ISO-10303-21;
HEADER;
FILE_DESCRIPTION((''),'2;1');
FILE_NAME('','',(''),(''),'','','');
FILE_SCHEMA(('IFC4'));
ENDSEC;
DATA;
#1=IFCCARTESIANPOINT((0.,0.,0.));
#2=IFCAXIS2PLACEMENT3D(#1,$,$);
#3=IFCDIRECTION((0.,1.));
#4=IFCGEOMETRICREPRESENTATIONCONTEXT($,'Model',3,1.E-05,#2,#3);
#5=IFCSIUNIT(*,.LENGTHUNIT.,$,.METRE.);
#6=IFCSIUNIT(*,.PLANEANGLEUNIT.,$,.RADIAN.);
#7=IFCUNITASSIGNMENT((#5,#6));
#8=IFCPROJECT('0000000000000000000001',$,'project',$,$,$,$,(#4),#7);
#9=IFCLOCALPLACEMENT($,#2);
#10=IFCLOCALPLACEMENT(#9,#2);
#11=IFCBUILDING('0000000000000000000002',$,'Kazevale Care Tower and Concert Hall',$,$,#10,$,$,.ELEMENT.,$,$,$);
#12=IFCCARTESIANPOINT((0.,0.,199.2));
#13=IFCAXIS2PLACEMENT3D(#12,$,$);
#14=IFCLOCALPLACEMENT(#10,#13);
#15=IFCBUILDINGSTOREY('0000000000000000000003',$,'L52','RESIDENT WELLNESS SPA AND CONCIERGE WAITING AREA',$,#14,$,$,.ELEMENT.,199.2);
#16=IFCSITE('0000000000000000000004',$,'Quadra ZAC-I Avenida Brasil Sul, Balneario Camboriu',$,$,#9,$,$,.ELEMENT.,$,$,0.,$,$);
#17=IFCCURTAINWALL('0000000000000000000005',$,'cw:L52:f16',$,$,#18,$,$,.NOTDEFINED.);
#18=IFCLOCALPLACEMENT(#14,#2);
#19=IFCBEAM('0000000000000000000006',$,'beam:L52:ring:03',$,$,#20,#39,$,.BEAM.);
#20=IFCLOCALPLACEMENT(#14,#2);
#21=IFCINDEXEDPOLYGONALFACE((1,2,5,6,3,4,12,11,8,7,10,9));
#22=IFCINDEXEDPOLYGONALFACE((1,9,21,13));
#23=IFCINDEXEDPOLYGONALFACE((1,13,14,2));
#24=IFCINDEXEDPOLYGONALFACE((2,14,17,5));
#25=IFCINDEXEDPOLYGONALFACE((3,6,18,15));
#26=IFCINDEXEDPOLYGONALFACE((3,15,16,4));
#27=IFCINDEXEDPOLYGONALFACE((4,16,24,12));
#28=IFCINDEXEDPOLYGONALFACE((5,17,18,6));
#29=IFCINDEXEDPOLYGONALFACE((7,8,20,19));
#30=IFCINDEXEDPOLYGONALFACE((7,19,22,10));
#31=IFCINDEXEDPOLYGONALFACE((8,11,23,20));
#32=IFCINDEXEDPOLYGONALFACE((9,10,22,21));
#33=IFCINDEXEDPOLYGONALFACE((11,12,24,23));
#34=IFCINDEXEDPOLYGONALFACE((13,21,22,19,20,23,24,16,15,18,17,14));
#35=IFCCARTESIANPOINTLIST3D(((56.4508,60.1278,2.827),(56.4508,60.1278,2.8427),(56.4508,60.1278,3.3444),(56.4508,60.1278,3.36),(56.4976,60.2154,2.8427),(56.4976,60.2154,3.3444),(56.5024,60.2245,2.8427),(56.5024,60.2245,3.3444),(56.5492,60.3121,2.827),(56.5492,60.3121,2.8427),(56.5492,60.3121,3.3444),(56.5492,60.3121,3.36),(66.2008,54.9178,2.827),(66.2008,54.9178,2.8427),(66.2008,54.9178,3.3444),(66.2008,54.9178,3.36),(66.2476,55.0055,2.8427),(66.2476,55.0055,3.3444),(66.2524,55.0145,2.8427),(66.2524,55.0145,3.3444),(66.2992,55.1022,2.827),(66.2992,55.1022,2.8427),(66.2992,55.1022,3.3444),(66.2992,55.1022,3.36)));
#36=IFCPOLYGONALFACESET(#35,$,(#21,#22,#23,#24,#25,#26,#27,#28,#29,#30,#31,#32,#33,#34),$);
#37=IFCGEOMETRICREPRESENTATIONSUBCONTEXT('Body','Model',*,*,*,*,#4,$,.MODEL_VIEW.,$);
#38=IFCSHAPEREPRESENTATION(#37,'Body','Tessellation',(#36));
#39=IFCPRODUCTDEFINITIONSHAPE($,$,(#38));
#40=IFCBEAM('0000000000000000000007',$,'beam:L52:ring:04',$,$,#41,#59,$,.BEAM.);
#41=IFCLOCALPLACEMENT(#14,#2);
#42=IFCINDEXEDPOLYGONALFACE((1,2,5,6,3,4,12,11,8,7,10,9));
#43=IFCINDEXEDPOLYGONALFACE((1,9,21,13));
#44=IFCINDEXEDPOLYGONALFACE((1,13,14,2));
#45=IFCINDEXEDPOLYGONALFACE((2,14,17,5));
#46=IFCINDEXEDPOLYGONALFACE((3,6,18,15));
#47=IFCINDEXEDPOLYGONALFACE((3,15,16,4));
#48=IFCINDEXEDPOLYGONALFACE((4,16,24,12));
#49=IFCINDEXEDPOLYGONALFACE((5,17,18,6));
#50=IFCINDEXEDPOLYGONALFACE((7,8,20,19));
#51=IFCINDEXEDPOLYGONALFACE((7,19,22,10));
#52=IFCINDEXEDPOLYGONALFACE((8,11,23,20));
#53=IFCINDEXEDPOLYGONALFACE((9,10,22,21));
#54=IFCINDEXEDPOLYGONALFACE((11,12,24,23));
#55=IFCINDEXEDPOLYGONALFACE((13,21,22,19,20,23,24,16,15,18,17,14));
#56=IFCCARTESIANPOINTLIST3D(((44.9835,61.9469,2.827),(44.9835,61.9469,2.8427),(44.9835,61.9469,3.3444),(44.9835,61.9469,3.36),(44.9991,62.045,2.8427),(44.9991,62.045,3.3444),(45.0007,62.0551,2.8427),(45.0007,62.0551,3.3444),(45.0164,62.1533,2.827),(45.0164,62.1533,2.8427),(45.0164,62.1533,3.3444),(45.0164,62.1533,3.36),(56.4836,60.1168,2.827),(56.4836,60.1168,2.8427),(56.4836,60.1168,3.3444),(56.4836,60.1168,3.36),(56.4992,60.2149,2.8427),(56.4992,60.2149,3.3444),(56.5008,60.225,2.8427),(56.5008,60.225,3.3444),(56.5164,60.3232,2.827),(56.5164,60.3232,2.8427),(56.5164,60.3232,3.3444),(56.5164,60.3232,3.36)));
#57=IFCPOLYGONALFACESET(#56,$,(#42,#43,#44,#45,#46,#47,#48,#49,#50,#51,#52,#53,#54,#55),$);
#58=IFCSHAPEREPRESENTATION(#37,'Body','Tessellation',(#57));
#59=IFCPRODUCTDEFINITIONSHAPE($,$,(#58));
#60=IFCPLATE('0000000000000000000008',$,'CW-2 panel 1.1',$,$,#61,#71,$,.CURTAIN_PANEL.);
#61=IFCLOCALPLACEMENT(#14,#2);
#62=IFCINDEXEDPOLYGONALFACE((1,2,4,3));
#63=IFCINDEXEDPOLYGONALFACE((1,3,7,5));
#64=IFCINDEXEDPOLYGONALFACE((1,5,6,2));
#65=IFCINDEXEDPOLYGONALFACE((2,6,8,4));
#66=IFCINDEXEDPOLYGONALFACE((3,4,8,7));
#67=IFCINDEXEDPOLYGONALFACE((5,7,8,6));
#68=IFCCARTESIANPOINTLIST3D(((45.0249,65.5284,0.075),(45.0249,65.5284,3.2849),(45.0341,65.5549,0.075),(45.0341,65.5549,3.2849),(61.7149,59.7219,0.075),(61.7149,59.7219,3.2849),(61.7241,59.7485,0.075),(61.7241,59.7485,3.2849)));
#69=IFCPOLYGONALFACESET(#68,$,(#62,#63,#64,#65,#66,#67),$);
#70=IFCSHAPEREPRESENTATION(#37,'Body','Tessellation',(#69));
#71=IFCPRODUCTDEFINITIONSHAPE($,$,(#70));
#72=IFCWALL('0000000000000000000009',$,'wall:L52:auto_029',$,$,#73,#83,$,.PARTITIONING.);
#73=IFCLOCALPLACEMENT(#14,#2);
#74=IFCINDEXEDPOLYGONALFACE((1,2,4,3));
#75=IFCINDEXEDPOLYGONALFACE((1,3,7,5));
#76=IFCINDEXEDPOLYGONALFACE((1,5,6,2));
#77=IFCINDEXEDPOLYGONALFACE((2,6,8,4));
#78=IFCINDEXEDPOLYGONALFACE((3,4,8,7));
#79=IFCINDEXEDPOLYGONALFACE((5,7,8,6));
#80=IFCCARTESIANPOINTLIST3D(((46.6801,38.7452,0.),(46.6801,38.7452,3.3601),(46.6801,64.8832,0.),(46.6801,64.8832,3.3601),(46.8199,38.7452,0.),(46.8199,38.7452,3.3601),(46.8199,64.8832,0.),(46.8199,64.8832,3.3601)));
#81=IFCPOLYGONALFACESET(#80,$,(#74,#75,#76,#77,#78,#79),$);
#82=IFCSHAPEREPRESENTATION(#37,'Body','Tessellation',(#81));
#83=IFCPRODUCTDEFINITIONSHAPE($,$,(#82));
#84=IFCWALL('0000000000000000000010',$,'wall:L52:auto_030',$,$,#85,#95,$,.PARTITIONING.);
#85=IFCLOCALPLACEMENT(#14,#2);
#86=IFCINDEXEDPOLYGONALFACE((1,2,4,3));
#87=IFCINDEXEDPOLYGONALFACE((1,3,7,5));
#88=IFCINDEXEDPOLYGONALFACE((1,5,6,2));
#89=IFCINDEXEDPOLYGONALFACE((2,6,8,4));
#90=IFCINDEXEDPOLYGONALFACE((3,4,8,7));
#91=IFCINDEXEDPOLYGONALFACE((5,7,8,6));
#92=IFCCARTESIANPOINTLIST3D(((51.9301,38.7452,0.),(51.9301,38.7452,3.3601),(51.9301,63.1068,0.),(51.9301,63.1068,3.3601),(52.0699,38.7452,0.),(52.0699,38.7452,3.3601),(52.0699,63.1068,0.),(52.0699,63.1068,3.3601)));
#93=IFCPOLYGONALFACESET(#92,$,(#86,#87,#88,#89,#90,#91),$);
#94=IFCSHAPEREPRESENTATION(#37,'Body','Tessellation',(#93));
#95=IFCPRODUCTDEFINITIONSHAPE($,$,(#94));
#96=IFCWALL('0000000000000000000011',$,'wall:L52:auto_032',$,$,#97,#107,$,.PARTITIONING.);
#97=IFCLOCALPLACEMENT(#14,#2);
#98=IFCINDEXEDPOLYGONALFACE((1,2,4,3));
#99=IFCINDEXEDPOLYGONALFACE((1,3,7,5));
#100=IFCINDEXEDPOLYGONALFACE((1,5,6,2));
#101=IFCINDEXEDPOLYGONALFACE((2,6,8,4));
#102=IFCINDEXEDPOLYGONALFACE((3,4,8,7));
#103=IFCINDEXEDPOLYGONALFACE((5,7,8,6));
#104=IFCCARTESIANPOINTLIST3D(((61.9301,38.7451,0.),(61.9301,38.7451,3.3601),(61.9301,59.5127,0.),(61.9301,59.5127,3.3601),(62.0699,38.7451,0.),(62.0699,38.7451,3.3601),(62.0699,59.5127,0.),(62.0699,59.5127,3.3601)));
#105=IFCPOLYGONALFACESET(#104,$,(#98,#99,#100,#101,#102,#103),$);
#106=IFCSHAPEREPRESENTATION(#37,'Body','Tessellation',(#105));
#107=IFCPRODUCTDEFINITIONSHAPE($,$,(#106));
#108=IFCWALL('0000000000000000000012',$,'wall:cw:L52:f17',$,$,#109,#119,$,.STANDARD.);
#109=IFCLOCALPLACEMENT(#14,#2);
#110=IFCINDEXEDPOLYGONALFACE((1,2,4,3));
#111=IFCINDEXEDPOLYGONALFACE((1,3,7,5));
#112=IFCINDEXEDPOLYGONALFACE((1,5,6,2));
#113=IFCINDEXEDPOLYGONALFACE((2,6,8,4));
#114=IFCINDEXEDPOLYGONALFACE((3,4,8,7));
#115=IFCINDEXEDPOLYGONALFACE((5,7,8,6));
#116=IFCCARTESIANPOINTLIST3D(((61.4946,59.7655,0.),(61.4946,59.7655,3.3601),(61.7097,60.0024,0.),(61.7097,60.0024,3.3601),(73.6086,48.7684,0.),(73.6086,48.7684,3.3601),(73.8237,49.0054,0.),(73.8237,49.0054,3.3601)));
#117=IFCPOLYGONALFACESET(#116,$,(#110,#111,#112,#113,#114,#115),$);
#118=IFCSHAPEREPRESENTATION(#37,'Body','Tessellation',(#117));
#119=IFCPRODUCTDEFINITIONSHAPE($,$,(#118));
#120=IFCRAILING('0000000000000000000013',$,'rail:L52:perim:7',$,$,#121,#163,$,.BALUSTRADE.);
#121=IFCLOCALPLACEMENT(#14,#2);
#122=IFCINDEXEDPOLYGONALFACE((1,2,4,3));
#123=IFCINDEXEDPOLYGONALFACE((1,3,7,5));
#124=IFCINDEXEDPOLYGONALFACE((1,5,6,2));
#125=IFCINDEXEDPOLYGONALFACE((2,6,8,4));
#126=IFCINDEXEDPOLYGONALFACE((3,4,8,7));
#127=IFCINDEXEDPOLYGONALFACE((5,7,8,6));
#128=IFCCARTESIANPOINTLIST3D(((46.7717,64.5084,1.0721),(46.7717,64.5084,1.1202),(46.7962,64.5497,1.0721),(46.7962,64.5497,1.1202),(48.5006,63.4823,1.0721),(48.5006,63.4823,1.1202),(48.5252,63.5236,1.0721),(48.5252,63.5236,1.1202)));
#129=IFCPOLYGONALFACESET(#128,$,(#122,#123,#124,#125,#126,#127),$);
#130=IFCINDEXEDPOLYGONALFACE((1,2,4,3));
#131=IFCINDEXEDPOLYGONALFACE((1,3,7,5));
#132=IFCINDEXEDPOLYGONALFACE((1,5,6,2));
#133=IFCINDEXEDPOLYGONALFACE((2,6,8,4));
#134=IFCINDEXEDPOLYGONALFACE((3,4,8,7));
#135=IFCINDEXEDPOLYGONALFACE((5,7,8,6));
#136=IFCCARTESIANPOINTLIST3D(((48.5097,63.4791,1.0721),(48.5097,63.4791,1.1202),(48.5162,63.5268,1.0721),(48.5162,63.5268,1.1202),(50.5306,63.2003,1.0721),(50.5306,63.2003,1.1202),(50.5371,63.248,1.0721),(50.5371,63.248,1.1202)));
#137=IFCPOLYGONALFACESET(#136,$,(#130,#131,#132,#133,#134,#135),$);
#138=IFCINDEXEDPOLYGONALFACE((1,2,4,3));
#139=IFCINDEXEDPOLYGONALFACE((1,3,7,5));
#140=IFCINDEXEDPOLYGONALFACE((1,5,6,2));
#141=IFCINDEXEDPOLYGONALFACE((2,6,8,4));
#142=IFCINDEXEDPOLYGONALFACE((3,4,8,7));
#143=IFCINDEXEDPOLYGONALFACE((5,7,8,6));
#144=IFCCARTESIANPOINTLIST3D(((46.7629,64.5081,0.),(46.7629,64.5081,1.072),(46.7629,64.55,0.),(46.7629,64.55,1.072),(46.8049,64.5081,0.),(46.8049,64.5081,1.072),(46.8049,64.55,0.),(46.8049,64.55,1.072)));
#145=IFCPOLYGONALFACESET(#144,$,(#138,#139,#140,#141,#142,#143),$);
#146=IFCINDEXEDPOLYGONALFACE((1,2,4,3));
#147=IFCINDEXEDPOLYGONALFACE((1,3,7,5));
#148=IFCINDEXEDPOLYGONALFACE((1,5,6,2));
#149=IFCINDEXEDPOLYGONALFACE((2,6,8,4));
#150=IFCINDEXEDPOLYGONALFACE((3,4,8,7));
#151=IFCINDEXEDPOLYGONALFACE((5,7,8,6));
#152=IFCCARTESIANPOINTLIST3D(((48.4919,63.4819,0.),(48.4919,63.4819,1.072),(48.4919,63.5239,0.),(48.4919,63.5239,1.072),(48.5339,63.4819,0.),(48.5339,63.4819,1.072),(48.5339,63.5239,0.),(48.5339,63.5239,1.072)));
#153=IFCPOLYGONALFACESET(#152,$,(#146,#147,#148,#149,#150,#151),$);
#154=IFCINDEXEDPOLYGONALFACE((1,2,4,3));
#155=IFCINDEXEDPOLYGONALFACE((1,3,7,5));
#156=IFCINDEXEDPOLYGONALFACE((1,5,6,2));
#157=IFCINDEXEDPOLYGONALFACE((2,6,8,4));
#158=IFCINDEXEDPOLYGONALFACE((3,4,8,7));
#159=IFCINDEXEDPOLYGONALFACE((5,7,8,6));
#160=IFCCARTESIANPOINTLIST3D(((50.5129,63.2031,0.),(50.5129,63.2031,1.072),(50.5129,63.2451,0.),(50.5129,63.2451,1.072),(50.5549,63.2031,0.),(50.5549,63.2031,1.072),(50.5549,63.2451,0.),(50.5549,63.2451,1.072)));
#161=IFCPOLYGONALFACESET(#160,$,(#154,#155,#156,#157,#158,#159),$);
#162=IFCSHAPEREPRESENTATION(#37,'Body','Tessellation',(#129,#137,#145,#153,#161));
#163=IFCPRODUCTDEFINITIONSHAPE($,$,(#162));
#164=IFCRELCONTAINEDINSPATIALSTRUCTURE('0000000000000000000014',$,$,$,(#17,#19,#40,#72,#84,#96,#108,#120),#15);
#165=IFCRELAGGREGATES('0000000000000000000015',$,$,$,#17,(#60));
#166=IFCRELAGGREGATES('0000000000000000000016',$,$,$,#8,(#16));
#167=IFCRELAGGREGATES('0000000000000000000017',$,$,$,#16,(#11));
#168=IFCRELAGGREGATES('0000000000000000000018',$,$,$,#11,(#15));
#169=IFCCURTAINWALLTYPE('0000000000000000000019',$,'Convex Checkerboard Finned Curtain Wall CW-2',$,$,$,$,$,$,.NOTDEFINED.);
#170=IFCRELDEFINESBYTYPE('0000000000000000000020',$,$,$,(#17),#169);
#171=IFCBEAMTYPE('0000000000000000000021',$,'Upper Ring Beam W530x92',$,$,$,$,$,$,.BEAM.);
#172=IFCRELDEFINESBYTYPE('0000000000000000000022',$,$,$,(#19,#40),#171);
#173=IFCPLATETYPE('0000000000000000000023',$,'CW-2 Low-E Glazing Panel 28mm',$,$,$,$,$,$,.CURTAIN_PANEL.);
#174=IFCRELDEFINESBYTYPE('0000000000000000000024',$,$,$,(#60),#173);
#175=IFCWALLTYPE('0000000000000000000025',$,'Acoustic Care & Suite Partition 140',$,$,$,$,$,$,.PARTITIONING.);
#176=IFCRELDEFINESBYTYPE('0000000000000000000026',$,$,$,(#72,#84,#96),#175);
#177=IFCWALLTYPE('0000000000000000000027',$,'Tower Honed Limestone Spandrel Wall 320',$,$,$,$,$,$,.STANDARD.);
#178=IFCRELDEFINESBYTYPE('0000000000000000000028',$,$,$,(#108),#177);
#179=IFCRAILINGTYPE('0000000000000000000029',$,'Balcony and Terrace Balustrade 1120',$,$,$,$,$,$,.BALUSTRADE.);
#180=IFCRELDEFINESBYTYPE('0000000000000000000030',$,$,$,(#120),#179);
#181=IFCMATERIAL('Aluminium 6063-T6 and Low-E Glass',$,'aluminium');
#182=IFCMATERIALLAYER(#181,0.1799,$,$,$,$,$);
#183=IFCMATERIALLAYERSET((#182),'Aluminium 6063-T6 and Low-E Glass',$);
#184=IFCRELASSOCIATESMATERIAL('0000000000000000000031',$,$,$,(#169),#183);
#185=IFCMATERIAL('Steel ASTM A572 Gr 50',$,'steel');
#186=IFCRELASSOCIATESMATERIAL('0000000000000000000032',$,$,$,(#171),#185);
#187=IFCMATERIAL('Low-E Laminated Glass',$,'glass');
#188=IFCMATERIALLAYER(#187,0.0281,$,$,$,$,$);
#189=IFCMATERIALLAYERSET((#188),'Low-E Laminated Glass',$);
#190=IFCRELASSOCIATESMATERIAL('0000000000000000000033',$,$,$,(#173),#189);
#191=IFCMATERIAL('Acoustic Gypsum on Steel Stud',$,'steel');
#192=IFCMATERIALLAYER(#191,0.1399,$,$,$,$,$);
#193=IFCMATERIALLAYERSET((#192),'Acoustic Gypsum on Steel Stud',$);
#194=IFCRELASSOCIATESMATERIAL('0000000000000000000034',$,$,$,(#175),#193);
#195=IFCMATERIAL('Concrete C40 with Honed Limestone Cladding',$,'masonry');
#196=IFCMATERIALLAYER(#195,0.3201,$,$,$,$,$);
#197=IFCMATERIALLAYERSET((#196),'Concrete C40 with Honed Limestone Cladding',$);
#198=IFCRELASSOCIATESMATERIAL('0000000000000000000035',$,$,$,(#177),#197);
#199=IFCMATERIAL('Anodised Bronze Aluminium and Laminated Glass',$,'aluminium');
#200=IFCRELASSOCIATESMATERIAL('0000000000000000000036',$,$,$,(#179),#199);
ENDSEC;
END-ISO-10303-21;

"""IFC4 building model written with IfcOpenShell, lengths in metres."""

from ifc_helpers import new_model, si_unit, direction, frame, frame_2d, origin, origin_2d, place, context, subcontext, project, spatial, rectangle, i_section, extrude, material, layer, layer_set, material_profile, profile_set, type_object, element, aggregate, save


model = new_model("IFC4")

# Units and contexts
model_context = context("Model", 3, precision=1e-05, world=origin(), true_north=direction((0.0, 1.0)))
body_context = subcontext(model_context, "Body", "Model", "MODEL_VIEW")
ifc_project = project(units=[si_unit("LENGTHUNIT", "METRE"), si_unit("PLANEANGLEUNIT", "RADIAN")], contexts=[model_context])

# Site, building, storey
site_placement = place(None, origin())
site = spatial("IfcSite", under=ifc_project, at=site_placement, Name="Quadra ZAC-I Avenida Brasil Sul, Balneario Camboriu", CompositionType="ELEMENT", RefElevation=0.0)
building_placement = place(site_placement, origin())
building = spatial("IfcBuilding", under=site, at=building_placement, Name="Kazevale Care Tower and Concert Hall", CompositionType="ELEMENT")
storey_placement = place(building_placement, frame((0.0, 0.0, 199.2)))
storey = spatial("IfcBuildingStorey", under=building, at=storey_placement, Name="L52", Description="RESIDENT WELLNESS SPA AND CONCIERGE WAITING AREA", CompositionType="ELEMENT", Elevation=199.2)

# Curtain wall
ifc_material_1 = material(Name="Aluminium 6063-T6 and Low-E Glass", Category="aluminium")
ifc_layer_1 = layer(ifc_material_1, 0.1799)
ifc_layer_set_1 = layer_set([ifc_layer_1], Name="Aluminium 6063-T6 and Low-E Glass")
curtain_wall_type_1 = type_object("IfcCurtainWallType", Name="Convex Checkerboard Finned Curtain Wall CW-2", PredefinedType="NOTDEFINED", material=ifc_layer_set_1)
curtain_wall_1_placement = place(storey_placement, origin())
curtain_wall_1 = element("IfcCurtainWall", 1, at=curtain_wall_1_placement, inside=storey, type_object=curtain_wall_type_1, Name="cw:L52:f16", PredefinedType="NOTDEFINED")

# Beams
ifc_material_2 = material(Name="Steel ASTM A572 Gr 50", Category="steel")
ifc_material_profile_1 = material_profile(ifc_material_2, i_section(OverallWidth=0.209, OverallDepth=0.533, WebThickness=0.0103, FlangeThickness=0.0156, at=origin_2d()), Name="W530x92")
ifc_profile_set_1 = profile_set([ifc_material_profile_1], Name="Steel ASTM A572 Gr 50")
beam_type_1 = type_object("IfcBeamType", Name="Upper Ring Beam W530x92", PredefinedType="BEAM", material=ifc_profile_set_1)
beam_1_placement = place(storey_placement, frame((66.25, 55.01, 3.0935), z_axis=(-0.881979, 0.47129, 0.0), x_axis=(-0.47129, -0.881979, 0.0)))
element("IfcBeam", 2, at=beam_1_placement, inside=storey, type_object=beam_type_1, Name="beam:L52:ring:03", PredefinedType="BEAM", context=body_context, shape_type="SweptSolid", body=[
    extrude(i_section(OverallWidth=0.209, OverallDepth=0.533, WebThickness=0.0103, FlangeThickness=0.0156, at=origin_2d()), origin(), (0.0, 0.0, 1.0), 11.0547),
])
beam_2_placement = place(storey_placement, frame((56.5, 60.22, 3.0935), z_axis=(-0.987573, 0.15716, 0.0), x_axis=(-0.15716, -0.987573, 0.0)))
element("IfcBeam", 3, at=beam_2_placement, inside=storey, type_object=beam_type_1, Name="beam:L52:ring:04", PredefinedType="BEAM", context=body_context, shape_type="SweptSolid", body=[
    extrude(i_section(OverallWidth=0.209, OverallDepth=0.533, WebThickness=0.0103, FlangeThickness=0.0156, at=origin_2d()), origin(), (0.0, 0.0, 1.0), 11.6448),
])

# Plate
ifc_material_3 = material(Name="Low-E Laminated Glass", Category="glass")
ifc_layer_2 = layer(ifc_material_3, 0.0281)
ifc_layer_set_2 = layer_set([ifc_layer_2], Name="Low-E Laminated Glass")
plate_type = type_object("IfcPlateType", Name="CW-2 Low-E Glazing Panel 28mm", PredefinedType="CURTAIN_PANEL", material=ifc_layer_set_2)
plate_placement = place(storey_placement, frame((53.3745, 62.6384, 0.075), z_axis=(0.0, 0.0, 1.0), x_axis=(0.944475, -0.328584, 0.0)))
plate = element("IfcPlate", 4, at=plate_placement, type_object=plate_type, Name="CW-2 panel 1.1", PredefinedType="CURTAIN_PANEL", context=body_context, shape_type="SweptSolid", body=[
    extrude(rectangle(XDim=17.6711, YDim=0.0281, at=origin_2d()), origin(), (0.0, 0.0, 1.0), 3.21),
])
aggregate(curtain_wall_1, [plate])

# Walls
ifc_material_4 = material(Name="Acoustic Gypsum on Steel Stud", Category="steel")
ifc_layer_3 = layer(ifc_material_4, 0.1399)
ifc_layer_set_3 = layer_set([ifc_layer_3], Name="Acoustic Gypsum on Steel Stud")
wall_type_1 = type_object("IfcWallType", Name="Acoustic Care & Suite Partition 140", PredefinedType="PARTITIONING", material=ifc_layer_set_3)
wall_1_placement = place(storey_placement, frame((46.75, 64.8831, 0.0), z_axis=(0.0, 0.0, 1.0), x_axis=(0.0, -1.0, 0.0)))
element("IfcWall", 5, at=wall_1_placement, inside=storey, type_object=wall_type_1, Name="wall:L52:auto_029", PredefinedType="PARTITIONING", context=body_context, shape_type="SweptSolid", body=[
    extrude(rectangle(XDim=26.1379, YDim=0.1399, at=frame_2d((13.0688, 0.0))), origin(), (0.0, 0.0, 1.0), 3.3601),
])
wall_2_placement = place(storey_placement, frame((52.0, 63.1067, 0.0), z_axis=(0.0, 0.0, 1.0), x_axis=(0.0, -1.0, 0.0)))
element("IfcWall", 6, at=wall_2_placement, inside=storey, type_object=wall_type_1, Name="wall:L52:auto_030", PredefinedType="PARTITIONING", context=body_context, shape_type="SweptSolid", body=[
    extrude(rectangle(XDim=24.3616, YDim=0.1399, at=frame_2d((12.1807, 0.0))), origin(), (0.0, 0.0, 1.0), 3.3601),
])
wall_3_placement = place(storey_placement, frame((62.0, 59.5127, 0.0), z_axis=(0.0, 0.0, 1.0), x_axis=(0.0, -1.0, 0.0)))
element("IfcWall", 7, at=wall_3_placement, inside=storey, type_object=wall_type_1, Name="wall:L52:auto_032", PredefinedType="PARTITIONING", context=body_context, shape_type="SweptSolid", body=[
    extrude(rectangle(XDim=20.7676, YDim=0.1399, at=frame_2d((10.3838, 0.0))), origin(), (0.0, 0.0, 1.0), 3.3601),
])
ifc_material_5 = material(Name="Concrete C40 with Honed Limestone Cladding", Category="masonry")
ifc_layer_4 = layer(ifc_material_5, 0.3201)
ifc_layer_set_4 = layer_set([ifc_layer_4], Name="Concrete C40 with Honed Limestone Cladding")
wall_type_2 = type_object("IfcWallType", Name="Tower Honed Limestone Spandrel Wall 320", PredefinedType="STANDARD", material=ifc_layer_set_4)
wall_4_placement = place(storey_placement, frame((61.6021, 59.884, 0.0), z_axis=(0.0, 0.0, 1.0), x_axis=(0.740417, -0.672148, 0.0)))
element("IfcWall", 8, at=wall_4_placement, inside=storey, type_object=wall_type_2, Name="wall:cw:L52:f17", PredefinedType="STANDARD", context=body_context, shape_type="SweptSolid", body=[
    extrude(rectangle(XDim=16.3611, YDim=0.3201, at=frame_2d((8.1807, 0.0))), origin(), (0.0, 0.0, 1.0), 3.3601),
])

# Railing
ifc_material_6 = material(Name="Anodised Bronze Aluminium and Laminated Glass", Category="aluminium")
railing_type = type_object("IfcRailingType", Name="Balcony and Terrace Balustrade 1120", PredefinedType="BALUSTRADE", material=ifc_material_6)
railing_1_placement = place(storey_placement, frame((46.7839, 64.5291, 0.0)))
element("IfcRailing", 9, at=railing_1_placement, inside=storey, type_object=railing_type, Name="rail:L52:perim:7", PredefinedType="BALUSTRADE", context=body_context, shape_type="SweptSolid", body=[
    extrude(rectangle(XDim=0.0481, YDim=0.0481, at=origin_2d()), frame((0.0, 0.0, 1.0962), z_axis=(0.859958, -0.510365, 0.0), x_axis=(0.510365, 0.859958, 0.0)), (0.0, 0.0, 1.0), 2.0105),
    extrude(rectangle(XDim=0.0481, YDim=0.0481, at=origin_2d()), frame((1.729, -1.0261, 1.0962), z_axis=(0.990618, -0.136662, 0.0), x_axis=(0.136662, 0.990618, 0.0)), (0.0, 0.0, 1.0), 2.04),
    extrude(rectangle(XDim=0.042, YDim=0.042, at=origin_2d()), origin(), (0.0, 0.0, 1.0), 1.072),
    extrude(rectangle(XDim=0.042, YDim=0.042, at=origin_2d()), frame((1.729, -1.0261, 0.0)), (0.0, 0.0, 1.0), 1.072),
    extrude(rectangle(XDim=0.042, YDim=0.042, at=origin_2d()), frame((3.75, -1.3049, 0.0)), (0.0, 0.0, 1.0), 1.072),
])

save(model, "model.ifc")
